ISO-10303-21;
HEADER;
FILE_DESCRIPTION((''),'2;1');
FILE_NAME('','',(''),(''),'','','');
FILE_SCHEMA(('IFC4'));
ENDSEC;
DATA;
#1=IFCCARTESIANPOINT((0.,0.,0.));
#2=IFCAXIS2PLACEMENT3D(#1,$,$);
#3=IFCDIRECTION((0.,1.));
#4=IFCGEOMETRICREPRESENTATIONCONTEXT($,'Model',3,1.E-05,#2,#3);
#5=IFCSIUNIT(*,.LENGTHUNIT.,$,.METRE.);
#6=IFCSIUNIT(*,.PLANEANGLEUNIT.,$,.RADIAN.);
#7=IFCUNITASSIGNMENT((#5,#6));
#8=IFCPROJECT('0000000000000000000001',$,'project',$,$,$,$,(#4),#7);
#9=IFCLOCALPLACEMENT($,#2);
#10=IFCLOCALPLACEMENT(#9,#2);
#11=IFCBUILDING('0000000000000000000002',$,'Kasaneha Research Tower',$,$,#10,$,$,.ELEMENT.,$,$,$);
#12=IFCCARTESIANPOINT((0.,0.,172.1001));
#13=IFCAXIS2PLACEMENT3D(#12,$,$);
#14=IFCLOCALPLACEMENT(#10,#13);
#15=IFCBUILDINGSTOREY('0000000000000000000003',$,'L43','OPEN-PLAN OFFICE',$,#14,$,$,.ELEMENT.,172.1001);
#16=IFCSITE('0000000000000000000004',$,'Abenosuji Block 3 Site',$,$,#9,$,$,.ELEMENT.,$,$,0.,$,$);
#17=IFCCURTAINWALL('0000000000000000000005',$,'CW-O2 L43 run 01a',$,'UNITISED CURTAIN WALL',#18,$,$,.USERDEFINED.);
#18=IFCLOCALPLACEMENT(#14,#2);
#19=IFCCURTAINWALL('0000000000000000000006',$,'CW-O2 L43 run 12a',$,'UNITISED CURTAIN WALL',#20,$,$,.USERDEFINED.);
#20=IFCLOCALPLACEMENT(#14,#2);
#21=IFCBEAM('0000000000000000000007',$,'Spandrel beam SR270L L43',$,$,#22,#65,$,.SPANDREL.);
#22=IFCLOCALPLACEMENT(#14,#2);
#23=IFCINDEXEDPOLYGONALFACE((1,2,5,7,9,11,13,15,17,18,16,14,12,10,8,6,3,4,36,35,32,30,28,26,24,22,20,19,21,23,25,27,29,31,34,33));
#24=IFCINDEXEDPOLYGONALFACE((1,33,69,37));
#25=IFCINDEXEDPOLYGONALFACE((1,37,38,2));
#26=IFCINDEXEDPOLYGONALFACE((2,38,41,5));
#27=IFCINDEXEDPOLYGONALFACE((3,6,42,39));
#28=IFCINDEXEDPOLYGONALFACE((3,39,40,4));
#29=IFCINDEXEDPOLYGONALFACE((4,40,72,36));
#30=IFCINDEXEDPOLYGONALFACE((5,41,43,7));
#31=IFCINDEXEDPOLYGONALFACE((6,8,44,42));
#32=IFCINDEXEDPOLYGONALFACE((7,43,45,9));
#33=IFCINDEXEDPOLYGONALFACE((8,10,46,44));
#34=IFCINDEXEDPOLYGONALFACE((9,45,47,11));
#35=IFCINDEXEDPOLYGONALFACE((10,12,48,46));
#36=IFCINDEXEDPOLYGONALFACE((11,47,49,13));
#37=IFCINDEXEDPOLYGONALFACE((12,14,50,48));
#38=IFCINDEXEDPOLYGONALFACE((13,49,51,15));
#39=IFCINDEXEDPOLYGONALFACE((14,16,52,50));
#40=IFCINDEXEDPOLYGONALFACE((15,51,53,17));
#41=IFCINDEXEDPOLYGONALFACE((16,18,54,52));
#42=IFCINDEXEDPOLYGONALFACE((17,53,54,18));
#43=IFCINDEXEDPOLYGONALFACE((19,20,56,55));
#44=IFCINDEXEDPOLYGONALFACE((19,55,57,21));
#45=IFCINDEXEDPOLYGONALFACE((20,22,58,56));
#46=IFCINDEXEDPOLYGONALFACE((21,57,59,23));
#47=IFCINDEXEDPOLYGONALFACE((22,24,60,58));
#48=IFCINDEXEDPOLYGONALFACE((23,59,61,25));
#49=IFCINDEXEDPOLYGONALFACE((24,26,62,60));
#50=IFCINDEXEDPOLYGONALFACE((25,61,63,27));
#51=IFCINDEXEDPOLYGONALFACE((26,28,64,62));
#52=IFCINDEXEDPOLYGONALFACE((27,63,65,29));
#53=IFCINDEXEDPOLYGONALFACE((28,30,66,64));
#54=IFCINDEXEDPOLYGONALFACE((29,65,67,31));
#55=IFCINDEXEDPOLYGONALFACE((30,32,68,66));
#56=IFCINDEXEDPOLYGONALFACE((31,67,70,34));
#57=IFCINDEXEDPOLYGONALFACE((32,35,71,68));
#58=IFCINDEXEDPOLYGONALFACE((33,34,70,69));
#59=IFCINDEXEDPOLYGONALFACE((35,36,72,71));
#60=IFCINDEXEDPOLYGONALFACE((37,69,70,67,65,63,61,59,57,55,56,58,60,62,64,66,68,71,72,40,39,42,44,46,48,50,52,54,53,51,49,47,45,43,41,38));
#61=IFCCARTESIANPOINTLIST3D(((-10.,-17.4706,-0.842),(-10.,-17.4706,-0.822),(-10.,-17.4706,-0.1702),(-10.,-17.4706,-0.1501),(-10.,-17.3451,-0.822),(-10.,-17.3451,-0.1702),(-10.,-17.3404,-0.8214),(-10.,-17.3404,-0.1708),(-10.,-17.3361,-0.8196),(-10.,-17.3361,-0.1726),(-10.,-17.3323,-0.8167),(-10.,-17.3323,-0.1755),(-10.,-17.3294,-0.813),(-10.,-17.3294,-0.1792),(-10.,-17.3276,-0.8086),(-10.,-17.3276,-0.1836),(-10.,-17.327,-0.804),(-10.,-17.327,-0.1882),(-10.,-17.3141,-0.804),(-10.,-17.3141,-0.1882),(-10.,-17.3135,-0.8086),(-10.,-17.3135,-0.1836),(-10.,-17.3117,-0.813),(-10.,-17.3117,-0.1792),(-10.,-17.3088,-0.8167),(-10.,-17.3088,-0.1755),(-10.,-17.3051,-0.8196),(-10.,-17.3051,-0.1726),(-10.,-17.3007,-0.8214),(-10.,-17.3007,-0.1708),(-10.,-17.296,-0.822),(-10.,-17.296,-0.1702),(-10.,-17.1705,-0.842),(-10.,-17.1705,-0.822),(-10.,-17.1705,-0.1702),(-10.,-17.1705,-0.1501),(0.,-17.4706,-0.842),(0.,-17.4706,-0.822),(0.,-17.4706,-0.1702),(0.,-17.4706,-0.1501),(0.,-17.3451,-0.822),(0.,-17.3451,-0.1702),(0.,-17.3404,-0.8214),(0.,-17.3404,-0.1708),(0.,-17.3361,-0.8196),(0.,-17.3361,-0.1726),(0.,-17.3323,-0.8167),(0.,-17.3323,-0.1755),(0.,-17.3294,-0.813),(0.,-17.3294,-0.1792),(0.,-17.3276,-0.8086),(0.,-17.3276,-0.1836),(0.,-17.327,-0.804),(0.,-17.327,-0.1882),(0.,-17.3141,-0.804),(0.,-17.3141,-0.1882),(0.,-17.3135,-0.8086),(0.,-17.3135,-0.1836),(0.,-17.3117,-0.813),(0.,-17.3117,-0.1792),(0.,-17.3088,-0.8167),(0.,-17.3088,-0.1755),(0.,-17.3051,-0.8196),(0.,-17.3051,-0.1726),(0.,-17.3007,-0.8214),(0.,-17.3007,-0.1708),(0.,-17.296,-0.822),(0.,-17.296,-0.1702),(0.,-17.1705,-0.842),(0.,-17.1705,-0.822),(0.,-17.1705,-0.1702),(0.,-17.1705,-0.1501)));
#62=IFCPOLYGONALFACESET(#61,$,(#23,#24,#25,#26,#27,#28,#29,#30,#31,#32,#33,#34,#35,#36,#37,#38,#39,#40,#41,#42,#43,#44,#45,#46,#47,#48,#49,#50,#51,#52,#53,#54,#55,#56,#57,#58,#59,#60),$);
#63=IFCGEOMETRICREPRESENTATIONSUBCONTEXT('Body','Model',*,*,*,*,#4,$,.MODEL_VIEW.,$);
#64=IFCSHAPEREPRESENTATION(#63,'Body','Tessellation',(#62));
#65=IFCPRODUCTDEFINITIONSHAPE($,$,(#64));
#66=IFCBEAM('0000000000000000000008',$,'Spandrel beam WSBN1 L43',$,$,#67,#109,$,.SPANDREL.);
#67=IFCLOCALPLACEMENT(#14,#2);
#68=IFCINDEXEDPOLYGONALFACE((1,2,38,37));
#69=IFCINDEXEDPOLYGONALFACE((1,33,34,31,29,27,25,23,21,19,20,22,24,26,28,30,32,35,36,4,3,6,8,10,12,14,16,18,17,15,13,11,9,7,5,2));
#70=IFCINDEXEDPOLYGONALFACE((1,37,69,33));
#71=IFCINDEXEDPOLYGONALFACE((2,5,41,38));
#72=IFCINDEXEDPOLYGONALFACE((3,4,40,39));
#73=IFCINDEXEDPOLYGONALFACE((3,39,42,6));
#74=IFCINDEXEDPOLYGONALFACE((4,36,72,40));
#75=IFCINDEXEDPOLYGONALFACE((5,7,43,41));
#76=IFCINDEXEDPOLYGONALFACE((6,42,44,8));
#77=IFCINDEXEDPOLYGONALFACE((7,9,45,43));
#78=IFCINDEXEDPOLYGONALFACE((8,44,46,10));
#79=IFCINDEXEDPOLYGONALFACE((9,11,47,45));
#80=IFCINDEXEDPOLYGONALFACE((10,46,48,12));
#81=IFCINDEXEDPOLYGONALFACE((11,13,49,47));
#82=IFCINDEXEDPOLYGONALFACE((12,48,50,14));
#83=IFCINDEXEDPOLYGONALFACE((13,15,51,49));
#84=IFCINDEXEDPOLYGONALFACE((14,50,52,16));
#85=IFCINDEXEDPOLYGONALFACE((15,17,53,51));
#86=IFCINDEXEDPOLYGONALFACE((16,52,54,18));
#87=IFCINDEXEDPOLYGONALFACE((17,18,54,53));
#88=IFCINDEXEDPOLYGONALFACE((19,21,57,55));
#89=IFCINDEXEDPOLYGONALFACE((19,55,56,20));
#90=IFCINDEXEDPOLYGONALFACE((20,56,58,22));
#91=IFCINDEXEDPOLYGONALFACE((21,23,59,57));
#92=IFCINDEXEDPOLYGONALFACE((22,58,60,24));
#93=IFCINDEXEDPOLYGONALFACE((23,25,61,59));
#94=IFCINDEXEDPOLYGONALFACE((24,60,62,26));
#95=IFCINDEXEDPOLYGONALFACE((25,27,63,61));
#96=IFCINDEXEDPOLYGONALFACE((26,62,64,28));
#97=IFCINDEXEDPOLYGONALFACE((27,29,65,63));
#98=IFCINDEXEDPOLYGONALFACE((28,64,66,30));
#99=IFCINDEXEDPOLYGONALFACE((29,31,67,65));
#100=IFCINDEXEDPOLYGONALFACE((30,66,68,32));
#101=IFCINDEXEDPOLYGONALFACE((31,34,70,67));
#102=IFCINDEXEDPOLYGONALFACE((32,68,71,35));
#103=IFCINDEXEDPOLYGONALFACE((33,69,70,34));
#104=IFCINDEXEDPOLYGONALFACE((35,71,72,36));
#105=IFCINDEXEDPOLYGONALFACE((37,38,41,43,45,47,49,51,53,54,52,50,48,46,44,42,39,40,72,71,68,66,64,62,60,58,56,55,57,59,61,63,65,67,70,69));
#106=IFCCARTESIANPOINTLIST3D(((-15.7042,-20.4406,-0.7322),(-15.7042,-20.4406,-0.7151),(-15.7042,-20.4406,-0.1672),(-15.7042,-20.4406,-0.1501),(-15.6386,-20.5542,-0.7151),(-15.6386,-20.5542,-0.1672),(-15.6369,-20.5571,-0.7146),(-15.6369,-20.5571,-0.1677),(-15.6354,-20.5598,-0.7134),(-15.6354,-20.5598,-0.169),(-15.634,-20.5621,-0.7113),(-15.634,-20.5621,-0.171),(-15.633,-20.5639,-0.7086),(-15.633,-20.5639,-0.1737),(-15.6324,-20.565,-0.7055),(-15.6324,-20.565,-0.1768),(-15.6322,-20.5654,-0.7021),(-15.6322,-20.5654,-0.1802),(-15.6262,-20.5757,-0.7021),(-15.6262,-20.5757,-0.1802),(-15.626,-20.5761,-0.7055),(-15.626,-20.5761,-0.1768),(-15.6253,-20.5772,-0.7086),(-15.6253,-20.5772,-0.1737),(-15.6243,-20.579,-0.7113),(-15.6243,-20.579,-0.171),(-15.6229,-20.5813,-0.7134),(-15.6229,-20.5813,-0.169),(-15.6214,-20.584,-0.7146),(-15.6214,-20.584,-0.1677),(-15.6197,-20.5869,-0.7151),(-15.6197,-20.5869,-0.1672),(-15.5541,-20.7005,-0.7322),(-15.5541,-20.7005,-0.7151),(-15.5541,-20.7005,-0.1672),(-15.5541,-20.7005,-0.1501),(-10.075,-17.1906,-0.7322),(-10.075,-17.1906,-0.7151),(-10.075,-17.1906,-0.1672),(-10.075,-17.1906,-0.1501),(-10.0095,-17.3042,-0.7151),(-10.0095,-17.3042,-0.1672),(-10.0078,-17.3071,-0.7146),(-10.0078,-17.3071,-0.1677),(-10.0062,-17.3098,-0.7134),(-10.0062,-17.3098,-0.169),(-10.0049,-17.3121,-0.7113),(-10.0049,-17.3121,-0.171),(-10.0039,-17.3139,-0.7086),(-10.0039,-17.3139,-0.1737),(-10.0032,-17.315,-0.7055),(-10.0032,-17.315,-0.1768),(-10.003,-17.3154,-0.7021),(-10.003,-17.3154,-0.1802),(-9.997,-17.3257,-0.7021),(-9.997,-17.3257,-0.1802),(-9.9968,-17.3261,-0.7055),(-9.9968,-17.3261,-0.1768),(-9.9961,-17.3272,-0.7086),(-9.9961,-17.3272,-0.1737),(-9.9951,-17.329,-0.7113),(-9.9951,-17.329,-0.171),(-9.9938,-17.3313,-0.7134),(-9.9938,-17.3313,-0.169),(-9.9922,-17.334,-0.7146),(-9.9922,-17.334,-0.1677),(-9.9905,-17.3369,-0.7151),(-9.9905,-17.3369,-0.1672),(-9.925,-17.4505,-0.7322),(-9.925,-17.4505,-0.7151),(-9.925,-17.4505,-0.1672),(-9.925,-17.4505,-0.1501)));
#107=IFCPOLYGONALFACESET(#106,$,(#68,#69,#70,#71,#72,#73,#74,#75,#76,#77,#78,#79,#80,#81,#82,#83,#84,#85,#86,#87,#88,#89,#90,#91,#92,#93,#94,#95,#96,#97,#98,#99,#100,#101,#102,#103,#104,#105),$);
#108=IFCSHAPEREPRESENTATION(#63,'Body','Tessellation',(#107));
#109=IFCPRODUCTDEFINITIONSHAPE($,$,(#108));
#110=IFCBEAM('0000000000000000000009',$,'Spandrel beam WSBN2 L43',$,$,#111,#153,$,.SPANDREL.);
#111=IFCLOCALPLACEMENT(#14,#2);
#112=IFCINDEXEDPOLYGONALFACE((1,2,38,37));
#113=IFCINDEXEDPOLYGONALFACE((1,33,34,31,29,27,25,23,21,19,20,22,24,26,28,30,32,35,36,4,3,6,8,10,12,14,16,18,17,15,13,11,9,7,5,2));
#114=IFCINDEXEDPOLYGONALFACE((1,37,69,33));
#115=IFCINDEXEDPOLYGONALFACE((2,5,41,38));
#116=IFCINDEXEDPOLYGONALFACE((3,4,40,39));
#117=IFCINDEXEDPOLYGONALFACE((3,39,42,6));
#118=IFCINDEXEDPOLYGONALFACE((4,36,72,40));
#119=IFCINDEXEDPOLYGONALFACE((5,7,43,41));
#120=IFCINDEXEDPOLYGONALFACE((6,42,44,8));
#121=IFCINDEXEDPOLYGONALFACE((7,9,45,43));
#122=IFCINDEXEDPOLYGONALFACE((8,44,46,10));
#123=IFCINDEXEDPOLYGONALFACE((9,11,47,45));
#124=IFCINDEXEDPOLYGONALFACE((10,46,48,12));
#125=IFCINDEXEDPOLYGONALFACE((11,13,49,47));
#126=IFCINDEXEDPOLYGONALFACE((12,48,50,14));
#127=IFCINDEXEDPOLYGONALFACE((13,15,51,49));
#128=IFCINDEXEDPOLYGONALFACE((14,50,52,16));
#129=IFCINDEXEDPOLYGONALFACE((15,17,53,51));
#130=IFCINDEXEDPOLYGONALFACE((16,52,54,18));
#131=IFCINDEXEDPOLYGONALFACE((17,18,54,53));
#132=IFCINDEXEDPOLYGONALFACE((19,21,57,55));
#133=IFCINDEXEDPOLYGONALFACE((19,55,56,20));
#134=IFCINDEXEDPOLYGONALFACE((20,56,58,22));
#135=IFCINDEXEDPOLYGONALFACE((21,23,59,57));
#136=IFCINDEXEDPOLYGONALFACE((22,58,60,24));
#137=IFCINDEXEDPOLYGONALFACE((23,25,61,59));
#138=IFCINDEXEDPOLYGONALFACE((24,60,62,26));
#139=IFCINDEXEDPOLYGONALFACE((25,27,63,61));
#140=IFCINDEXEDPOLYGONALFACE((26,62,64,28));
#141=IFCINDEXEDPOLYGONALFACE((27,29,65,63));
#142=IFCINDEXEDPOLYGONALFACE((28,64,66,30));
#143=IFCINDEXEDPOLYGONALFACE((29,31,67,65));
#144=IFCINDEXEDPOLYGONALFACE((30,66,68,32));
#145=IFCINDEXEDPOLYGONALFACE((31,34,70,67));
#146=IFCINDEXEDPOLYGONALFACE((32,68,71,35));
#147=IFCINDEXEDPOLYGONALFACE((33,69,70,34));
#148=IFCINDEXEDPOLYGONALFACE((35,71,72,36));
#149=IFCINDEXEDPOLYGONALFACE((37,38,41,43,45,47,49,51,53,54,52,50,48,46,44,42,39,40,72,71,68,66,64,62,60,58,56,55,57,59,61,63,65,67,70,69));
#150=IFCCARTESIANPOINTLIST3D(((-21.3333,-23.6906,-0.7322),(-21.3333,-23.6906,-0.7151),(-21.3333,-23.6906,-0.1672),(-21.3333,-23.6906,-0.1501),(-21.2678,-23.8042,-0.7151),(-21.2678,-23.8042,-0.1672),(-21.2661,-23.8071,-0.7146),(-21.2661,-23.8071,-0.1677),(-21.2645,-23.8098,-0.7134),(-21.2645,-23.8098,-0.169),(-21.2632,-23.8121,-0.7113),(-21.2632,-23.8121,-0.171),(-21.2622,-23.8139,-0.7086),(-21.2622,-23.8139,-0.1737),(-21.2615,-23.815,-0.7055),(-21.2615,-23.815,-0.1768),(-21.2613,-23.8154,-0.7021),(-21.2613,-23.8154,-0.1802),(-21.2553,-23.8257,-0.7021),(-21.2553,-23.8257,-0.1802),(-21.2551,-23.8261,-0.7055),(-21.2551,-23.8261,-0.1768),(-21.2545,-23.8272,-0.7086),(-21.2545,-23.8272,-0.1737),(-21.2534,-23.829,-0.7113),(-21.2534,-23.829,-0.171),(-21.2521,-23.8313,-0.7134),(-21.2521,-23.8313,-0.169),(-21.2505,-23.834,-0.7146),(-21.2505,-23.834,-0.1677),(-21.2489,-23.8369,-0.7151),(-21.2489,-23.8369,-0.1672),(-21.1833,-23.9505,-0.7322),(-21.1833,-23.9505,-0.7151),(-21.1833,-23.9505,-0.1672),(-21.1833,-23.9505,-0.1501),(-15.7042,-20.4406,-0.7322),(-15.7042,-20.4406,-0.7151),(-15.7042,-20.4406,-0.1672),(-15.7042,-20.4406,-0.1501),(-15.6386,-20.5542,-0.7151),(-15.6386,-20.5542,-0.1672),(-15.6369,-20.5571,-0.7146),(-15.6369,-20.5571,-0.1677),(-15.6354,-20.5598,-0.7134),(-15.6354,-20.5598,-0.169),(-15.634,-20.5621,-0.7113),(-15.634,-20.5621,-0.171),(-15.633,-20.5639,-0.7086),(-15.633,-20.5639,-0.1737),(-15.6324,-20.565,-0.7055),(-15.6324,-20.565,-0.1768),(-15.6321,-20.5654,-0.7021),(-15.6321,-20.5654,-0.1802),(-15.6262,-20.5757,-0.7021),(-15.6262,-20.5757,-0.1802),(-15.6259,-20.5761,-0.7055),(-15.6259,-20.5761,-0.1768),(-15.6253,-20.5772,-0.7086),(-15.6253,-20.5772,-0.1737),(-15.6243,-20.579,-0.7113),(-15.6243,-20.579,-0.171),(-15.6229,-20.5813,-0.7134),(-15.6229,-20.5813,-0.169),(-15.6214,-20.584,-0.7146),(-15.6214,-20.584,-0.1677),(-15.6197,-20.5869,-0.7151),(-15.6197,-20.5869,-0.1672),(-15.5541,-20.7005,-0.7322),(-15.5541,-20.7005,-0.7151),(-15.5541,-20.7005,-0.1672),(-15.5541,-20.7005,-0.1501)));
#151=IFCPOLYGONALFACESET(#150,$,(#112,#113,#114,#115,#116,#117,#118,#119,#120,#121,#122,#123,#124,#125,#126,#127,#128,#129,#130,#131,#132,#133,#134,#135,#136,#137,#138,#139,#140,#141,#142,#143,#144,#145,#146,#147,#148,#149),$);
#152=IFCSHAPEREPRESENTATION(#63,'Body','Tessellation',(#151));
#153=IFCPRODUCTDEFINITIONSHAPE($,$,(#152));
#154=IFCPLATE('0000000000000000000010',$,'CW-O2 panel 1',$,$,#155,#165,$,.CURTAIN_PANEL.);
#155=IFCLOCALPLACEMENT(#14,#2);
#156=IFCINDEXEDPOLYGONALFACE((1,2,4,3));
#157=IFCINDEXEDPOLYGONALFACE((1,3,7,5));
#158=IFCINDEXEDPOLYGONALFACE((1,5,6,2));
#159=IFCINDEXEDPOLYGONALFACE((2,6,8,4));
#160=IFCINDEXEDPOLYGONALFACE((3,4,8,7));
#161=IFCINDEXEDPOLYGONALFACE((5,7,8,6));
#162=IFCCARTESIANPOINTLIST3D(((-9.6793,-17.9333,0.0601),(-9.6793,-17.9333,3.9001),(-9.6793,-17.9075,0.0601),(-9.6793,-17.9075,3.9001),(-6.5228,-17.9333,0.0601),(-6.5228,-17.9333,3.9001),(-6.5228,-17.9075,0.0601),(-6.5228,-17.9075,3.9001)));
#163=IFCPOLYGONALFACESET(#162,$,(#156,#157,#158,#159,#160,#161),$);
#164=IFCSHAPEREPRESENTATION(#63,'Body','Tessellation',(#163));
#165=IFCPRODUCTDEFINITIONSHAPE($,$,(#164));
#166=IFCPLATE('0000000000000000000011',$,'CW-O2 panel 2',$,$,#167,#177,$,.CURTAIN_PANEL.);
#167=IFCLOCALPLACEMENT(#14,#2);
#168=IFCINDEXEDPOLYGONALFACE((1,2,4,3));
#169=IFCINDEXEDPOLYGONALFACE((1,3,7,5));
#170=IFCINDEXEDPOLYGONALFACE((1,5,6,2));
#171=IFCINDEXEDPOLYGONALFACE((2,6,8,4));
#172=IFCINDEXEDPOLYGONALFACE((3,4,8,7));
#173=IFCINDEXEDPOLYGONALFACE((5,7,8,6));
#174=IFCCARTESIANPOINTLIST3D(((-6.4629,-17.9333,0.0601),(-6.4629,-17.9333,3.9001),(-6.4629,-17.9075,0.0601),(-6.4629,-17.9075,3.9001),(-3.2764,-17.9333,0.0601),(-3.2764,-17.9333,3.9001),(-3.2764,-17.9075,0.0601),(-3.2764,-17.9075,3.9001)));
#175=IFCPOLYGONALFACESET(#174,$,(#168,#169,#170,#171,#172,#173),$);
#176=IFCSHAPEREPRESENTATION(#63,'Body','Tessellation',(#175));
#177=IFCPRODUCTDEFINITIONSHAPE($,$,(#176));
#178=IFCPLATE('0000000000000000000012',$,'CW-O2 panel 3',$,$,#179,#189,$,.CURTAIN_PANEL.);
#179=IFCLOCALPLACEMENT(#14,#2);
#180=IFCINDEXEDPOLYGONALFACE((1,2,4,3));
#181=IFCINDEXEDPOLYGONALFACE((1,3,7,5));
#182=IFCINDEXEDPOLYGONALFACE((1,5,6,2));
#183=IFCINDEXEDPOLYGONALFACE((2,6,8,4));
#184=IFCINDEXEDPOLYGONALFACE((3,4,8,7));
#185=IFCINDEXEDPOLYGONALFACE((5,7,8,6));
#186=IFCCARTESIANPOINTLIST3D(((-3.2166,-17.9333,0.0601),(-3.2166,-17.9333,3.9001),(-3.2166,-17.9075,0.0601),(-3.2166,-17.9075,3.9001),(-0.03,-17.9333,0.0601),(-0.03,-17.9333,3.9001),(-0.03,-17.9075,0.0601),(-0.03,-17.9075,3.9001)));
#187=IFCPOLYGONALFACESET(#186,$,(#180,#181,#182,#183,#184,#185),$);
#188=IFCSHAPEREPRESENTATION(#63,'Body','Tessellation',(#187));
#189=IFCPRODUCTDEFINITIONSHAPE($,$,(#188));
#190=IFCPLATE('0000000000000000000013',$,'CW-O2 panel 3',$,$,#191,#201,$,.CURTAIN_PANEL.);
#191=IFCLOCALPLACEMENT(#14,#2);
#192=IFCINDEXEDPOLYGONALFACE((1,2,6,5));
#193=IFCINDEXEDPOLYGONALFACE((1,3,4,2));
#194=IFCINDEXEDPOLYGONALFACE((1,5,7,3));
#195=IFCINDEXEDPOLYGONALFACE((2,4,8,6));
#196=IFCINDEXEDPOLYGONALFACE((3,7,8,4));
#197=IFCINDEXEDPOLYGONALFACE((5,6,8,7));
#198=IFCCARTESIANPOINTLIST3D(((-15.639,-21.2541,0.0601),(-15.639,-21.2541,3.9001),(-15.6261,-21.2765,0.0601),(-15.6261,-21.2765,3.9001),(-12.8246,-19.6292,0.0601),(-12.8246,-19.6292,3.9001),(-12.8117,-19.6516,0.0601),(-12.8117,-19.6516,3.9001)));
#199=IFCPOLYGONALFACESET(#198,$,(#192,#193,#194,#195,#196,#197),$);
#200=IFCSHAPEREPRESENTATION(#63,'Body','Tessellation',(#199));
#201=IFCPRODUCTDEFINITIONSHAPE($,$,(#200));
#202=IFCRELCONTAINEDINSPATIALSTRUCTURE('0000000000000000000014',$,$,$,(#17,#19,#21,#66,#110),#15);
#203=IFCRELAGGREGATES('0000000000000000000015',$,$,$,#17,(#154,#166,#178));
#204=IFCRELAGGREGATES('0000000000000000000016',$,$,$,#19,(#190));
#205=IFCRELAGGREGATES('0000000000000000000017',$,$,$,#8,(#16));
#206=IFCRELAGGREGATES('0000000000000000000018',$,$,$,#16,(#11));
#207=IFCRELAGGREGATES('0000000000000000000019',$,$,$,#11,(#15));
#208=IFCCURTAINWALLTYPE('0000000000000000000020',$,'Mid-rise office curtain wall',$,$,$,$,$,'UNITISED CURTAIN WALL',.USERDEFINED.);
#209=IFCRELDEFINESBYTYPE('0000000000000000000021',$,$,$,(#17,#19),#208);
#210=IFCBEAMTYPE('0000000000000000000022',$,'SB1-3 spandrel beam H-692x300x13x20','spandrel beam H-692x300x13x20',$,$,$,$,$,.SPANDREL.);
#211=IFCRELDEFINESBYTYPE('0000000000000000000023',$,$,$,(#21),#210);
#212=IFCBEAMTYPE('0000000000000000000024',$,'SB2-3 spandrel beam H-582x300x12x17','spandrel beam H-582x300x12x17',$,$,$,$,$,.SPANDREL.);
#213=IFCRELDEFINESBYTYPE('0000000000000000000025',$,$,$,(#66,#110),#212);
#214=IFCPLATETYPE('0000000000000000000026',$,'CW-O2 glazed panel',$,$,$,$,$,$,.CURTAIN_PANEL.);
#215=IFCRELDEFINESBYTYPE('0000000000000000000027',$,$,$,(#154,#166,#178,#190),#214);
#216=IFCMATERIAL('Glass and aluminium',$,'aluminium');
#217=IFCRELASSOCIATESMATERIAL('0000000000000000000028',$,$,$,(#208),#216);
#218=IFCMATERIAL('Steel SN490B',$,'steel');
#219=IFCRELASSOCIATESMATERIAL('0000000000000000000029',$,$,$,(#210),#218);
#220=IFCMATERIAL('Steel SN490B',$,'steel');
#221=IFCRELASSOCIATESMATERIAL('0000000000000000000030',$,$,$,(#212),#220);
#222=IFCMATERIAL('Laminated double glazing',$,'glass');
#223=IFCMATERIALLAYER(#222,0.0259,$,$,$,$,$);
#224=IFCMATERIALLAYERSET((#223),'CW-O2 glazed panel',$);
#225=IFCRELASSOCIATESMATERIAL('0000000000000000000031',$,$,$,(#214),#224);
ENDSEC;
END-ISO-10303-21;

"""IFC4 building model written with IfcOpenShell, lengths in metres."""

from ifc_helpers import new_model, si_unit, direction, frame, origin, origin_2d, place, context, subcontext, project, spatial, rectangle, i_section, extrude, material, layer, layer_set, material_profile, profile_set, type_object, element, aggregate, save


model = new_model("IFC4")

# Units and contexts
model_context = context("Model", 3, precision=1e-05, world=origin(), true_north=direction((0.0, 1.0)))
body_context = subcontext(model_context, "Body", "Model", "MODEL_VIEW")
ifc_project = project(units=[si_unit("LENGTHUNIT", "METRE"), si_unit("PLANEANGLEUNIT", "RADIAN")], contexts=[model_context])

# Site, building, storey
site_placement = place(None, origin())
site = spatial("IfcSite", under=ifc_project, at=site_placement, Name="Abenosuji Block 3 Site", CompositionType="ELEMENT", RefElevation=0.0)
building_placement = place(site_placement, origin())
building = spatial("IfcBuilding", under=site, at=building_placement, Name="Kasaneha Research Tower", CompositionType="ELEMENT")
storey_placement = place(building_placement, frame((0.0, 0.0, 172.1001)))
storey = spatial("IfcBuildingStorey", under=building, at=storey_placement, Name="L43", Description="OPEN-PLAN OFFICE", CompositionType="ELEMENT", Elevation=172.1001)

# Curtain walls
ifc_material_1 = material(Name="Glass and aluminium", Category="aluminium")
curtain_wall_type = type_object("IfcCurtainWallType", Name="Mid-rise office curtain wall", ElementType="UNITISED CURTAIN WALL", PredefinedType="USERDEFINED", material=ifc_material_1)
curtain_wall_1_placement = place(storey_placement, origin())
curtain_wall_1 = element("IfcCurtainWall", 1, at=curtain_wall_1_placement, inside=storey, type_object=curtain_wall_type, Name="CW-O2 L43 run 01a", ObjectType="UNITISED CURTAIN WALL", PredefinedType="USERDEFINED")
curtain_wall_2_placement = place(storey_placement, origin())
curtain_wall_2 = element("IfcCurtainWall", 2, at=curtain_wall_2_placement, inside=storey, type_object=curtain_wall_type, Name="CW-O2 L43 run 12a", ObjectType="UNITISED CURTAIN WALL", PredefinedType="USERDEFINED")

# Beams
ifc_material_2 = material(Name="Steel SN490B", Category="steel")
ifc_material_profile_1 = material_profile(ifc_material_2, i_section(OverallWidth=0.3, OverallDepth=0.6919, WebThickness=0.0129, FlangeThickness=0.02, FilletRadius=0.0181, at=origin_2d()), Name="H-692x300x13x20")
ifc_profile_set_1 = profile_set([ifc_material_profile_1], Name="Steel SN490B")
beam_type_1 = type_object("IfcBeamType", Name="SB1-3 spandrel beam H-692x300x13x20", Description="spandrel beam H-692x300x13x20", PredefinedType="SPANDREL", material=ifc_profile_set_1)
beam_1_placement = place(storey_placement, frame((-10.0, -17.3206, -0.4961), z_axis=(1.0, 0.0, 0.0), x_axis=(0.0, 1.0, 0.0)))
element("IfcBeam", 3, at=beam_1_placement, inside=storey, type_object=beam_type_1, Name="Spandrel beam SR270L L43", PredefinedType="SPANDREL", context=body_context, shape_type="SweptSolid", body=[
    extrude(i_section(OverallWidth=0.3, OverallDepth=0.6919, WebThickness=0.0129, FlangeThickness=0.02, FilletRadius=0.0181, at=origin_2d()), origin(), (0.0, 0.0, 1.0), 10.0),
])
ifc_material_3 = material(Name="Steel SN490B", Category="steel")
ifc_material_profile_2 = material_profile(ifc_material_3, i_section(OverallWidth=0.3, OverallDepth=0.582, WebThickness=0.012, FlangeThickness=0.0171, FilletRadius=0.0129, at=origin_2d()), Name="H-582x300x12x17")
ifc_profile_set_2 = profile_set([ifc_material_profile_2], Name="Steel SN490B")
beam_type_2 = type_object("IfcBeamType", Name="SB2-3 spandrel beam H-582x300x12x17", Description="spandrel beam H-582x300x12x17", PredefinedType="SPANDREL", material=ifc_profile_set_2)
for number, where, z_axis, x_axis, name in (
    (4, (-10.0, -17.3206, -0.4412), (-0.866025, -0.500001, 0.0), (0.500001, -0.866025, 0.0), "Spandrel beam WSBN1 L43"),
    (5, (-15.6292, -20.5706, -0.4412), (-0.866025, -0.500001, 0.0), (0.500001, -0.866025, 0.0), "Spandrel beam WSBN2 L43"),
):
    element("IfcBeam", number, at=place(storey_placement, frame(where, z_axis=z_axis, x_axis=x_axis)), inside=storey, type_object=beam_type_2, Name=name, PredefinedType="SPANDREL", context=body_context, shape_type="SweptSolid", body=[
        extrude(i_section(OverallWidth=0.3, OverallDepth=0.582, WebThickness=0.012, FlangeThickness=0.0171, FilletRadius=0.0129, at=origin_2d()), origin(), (0.0, 0.0, 1.0), 6.5),
    ])

# Plates
ifc_material_4 = material(Name="Laminated double glazing", Category="glass")
ifc_layer_1 = layer(ifc_material_4, 0.0259)
ifc_layer_set_1 = layer_set([ifc_layer_1], Name="CW-O2 glazed panel")
plate_type = type_object("IfcPlateType", Name="CW-O2 glazed panel", PredefinedType="CURTAIN_PANEL", material=ifc_layer_set_1)
plate_1_placement = place(storey_placement, frame((-8.1011, -17.9204, 0.0601), z_axis=(0.0, 0.0, 1.0), x_axis=(1.0, 0.0, 0.0)))
plate_1 = element("IfcPlate", 6, at=plate_1_placement, type_object=plate_type, Name="CW-O2 panel 1", PredefinedType="CURTAIN_PANEL", context=body_context, shape_type="SweptSolid", body=[
    extrude(rectangle(XDim=3.1565, YDim=0.0259, at=origin_2d()), origin(), (0.0, 0.0, 1.0), 3.8401),
])
plate_2_placement = place(storey_placement, frame((-4.8696, -17.9204, 0.0601), z_axis=(0.0, 0.0, 1.0), x_axis=(1.0, 0.0, 0.0)))
plate_2 = element("IfcPlate", 7, at=plate_2_placement, type_object=plate_type, Name="CW-O2 panel 2", PredefinedType="CURTAIN_PANEL", context=body_context, shape_type="SweptSolid", body=[
    extrude(rectangle(XDim=3.1865, YDim=0.0259, at=origin_2d()), origin(), (0.0, 0.0, 1.0), 3.8401),
])
plate_3_placement = place(storey_placement, frame((-1.6233, -17.9204, 0.0601), z_axis=(0.0, 0.0, 1.0), x_axis=(1.0, 0.0, 0.0)))
plate_3 = element("IfcPlate", 8, at=plate_3_placement, type_object=plate_type, Name="CW-O2 panel 3", PredefinedType="CURTAIN_PANEL", context=body_context, shape_type="SweptSolid", body=[
    extrude(rectangle(XDim=3.1865, YDim=0.0259, at=origin_2d()), origin(), (0.0, 0.0, 1.0), 3.8401),
])
aggregate(curtain_wall_1, [plate_1, plate_2, plate_3])
plate_4_placement = place(storey_placement, frame((-14.2253, -20.4529, 0.0601), z_axis=(0.0, 0.0, 1.0), x_axis=(0.866025, 0.5, 0.0)))
plate_4 = element("IfcPlate", 9, at=plate_4_placement, type_object=plate_type, Name="CW-O2 panel 3", PredefinedType="CURTAIN_PANEL", context=body_context, shape_type="SweptSolid", body=[
    extrude(rectangle(XDim=3.2498, YDim=0.0259, at=origin_2d()), origin(), (0.0, 0.0, 1.0), 3.8401),
])
aggregate(curtain_wall_2, [plate_4])

save(model, "model.ifc")
